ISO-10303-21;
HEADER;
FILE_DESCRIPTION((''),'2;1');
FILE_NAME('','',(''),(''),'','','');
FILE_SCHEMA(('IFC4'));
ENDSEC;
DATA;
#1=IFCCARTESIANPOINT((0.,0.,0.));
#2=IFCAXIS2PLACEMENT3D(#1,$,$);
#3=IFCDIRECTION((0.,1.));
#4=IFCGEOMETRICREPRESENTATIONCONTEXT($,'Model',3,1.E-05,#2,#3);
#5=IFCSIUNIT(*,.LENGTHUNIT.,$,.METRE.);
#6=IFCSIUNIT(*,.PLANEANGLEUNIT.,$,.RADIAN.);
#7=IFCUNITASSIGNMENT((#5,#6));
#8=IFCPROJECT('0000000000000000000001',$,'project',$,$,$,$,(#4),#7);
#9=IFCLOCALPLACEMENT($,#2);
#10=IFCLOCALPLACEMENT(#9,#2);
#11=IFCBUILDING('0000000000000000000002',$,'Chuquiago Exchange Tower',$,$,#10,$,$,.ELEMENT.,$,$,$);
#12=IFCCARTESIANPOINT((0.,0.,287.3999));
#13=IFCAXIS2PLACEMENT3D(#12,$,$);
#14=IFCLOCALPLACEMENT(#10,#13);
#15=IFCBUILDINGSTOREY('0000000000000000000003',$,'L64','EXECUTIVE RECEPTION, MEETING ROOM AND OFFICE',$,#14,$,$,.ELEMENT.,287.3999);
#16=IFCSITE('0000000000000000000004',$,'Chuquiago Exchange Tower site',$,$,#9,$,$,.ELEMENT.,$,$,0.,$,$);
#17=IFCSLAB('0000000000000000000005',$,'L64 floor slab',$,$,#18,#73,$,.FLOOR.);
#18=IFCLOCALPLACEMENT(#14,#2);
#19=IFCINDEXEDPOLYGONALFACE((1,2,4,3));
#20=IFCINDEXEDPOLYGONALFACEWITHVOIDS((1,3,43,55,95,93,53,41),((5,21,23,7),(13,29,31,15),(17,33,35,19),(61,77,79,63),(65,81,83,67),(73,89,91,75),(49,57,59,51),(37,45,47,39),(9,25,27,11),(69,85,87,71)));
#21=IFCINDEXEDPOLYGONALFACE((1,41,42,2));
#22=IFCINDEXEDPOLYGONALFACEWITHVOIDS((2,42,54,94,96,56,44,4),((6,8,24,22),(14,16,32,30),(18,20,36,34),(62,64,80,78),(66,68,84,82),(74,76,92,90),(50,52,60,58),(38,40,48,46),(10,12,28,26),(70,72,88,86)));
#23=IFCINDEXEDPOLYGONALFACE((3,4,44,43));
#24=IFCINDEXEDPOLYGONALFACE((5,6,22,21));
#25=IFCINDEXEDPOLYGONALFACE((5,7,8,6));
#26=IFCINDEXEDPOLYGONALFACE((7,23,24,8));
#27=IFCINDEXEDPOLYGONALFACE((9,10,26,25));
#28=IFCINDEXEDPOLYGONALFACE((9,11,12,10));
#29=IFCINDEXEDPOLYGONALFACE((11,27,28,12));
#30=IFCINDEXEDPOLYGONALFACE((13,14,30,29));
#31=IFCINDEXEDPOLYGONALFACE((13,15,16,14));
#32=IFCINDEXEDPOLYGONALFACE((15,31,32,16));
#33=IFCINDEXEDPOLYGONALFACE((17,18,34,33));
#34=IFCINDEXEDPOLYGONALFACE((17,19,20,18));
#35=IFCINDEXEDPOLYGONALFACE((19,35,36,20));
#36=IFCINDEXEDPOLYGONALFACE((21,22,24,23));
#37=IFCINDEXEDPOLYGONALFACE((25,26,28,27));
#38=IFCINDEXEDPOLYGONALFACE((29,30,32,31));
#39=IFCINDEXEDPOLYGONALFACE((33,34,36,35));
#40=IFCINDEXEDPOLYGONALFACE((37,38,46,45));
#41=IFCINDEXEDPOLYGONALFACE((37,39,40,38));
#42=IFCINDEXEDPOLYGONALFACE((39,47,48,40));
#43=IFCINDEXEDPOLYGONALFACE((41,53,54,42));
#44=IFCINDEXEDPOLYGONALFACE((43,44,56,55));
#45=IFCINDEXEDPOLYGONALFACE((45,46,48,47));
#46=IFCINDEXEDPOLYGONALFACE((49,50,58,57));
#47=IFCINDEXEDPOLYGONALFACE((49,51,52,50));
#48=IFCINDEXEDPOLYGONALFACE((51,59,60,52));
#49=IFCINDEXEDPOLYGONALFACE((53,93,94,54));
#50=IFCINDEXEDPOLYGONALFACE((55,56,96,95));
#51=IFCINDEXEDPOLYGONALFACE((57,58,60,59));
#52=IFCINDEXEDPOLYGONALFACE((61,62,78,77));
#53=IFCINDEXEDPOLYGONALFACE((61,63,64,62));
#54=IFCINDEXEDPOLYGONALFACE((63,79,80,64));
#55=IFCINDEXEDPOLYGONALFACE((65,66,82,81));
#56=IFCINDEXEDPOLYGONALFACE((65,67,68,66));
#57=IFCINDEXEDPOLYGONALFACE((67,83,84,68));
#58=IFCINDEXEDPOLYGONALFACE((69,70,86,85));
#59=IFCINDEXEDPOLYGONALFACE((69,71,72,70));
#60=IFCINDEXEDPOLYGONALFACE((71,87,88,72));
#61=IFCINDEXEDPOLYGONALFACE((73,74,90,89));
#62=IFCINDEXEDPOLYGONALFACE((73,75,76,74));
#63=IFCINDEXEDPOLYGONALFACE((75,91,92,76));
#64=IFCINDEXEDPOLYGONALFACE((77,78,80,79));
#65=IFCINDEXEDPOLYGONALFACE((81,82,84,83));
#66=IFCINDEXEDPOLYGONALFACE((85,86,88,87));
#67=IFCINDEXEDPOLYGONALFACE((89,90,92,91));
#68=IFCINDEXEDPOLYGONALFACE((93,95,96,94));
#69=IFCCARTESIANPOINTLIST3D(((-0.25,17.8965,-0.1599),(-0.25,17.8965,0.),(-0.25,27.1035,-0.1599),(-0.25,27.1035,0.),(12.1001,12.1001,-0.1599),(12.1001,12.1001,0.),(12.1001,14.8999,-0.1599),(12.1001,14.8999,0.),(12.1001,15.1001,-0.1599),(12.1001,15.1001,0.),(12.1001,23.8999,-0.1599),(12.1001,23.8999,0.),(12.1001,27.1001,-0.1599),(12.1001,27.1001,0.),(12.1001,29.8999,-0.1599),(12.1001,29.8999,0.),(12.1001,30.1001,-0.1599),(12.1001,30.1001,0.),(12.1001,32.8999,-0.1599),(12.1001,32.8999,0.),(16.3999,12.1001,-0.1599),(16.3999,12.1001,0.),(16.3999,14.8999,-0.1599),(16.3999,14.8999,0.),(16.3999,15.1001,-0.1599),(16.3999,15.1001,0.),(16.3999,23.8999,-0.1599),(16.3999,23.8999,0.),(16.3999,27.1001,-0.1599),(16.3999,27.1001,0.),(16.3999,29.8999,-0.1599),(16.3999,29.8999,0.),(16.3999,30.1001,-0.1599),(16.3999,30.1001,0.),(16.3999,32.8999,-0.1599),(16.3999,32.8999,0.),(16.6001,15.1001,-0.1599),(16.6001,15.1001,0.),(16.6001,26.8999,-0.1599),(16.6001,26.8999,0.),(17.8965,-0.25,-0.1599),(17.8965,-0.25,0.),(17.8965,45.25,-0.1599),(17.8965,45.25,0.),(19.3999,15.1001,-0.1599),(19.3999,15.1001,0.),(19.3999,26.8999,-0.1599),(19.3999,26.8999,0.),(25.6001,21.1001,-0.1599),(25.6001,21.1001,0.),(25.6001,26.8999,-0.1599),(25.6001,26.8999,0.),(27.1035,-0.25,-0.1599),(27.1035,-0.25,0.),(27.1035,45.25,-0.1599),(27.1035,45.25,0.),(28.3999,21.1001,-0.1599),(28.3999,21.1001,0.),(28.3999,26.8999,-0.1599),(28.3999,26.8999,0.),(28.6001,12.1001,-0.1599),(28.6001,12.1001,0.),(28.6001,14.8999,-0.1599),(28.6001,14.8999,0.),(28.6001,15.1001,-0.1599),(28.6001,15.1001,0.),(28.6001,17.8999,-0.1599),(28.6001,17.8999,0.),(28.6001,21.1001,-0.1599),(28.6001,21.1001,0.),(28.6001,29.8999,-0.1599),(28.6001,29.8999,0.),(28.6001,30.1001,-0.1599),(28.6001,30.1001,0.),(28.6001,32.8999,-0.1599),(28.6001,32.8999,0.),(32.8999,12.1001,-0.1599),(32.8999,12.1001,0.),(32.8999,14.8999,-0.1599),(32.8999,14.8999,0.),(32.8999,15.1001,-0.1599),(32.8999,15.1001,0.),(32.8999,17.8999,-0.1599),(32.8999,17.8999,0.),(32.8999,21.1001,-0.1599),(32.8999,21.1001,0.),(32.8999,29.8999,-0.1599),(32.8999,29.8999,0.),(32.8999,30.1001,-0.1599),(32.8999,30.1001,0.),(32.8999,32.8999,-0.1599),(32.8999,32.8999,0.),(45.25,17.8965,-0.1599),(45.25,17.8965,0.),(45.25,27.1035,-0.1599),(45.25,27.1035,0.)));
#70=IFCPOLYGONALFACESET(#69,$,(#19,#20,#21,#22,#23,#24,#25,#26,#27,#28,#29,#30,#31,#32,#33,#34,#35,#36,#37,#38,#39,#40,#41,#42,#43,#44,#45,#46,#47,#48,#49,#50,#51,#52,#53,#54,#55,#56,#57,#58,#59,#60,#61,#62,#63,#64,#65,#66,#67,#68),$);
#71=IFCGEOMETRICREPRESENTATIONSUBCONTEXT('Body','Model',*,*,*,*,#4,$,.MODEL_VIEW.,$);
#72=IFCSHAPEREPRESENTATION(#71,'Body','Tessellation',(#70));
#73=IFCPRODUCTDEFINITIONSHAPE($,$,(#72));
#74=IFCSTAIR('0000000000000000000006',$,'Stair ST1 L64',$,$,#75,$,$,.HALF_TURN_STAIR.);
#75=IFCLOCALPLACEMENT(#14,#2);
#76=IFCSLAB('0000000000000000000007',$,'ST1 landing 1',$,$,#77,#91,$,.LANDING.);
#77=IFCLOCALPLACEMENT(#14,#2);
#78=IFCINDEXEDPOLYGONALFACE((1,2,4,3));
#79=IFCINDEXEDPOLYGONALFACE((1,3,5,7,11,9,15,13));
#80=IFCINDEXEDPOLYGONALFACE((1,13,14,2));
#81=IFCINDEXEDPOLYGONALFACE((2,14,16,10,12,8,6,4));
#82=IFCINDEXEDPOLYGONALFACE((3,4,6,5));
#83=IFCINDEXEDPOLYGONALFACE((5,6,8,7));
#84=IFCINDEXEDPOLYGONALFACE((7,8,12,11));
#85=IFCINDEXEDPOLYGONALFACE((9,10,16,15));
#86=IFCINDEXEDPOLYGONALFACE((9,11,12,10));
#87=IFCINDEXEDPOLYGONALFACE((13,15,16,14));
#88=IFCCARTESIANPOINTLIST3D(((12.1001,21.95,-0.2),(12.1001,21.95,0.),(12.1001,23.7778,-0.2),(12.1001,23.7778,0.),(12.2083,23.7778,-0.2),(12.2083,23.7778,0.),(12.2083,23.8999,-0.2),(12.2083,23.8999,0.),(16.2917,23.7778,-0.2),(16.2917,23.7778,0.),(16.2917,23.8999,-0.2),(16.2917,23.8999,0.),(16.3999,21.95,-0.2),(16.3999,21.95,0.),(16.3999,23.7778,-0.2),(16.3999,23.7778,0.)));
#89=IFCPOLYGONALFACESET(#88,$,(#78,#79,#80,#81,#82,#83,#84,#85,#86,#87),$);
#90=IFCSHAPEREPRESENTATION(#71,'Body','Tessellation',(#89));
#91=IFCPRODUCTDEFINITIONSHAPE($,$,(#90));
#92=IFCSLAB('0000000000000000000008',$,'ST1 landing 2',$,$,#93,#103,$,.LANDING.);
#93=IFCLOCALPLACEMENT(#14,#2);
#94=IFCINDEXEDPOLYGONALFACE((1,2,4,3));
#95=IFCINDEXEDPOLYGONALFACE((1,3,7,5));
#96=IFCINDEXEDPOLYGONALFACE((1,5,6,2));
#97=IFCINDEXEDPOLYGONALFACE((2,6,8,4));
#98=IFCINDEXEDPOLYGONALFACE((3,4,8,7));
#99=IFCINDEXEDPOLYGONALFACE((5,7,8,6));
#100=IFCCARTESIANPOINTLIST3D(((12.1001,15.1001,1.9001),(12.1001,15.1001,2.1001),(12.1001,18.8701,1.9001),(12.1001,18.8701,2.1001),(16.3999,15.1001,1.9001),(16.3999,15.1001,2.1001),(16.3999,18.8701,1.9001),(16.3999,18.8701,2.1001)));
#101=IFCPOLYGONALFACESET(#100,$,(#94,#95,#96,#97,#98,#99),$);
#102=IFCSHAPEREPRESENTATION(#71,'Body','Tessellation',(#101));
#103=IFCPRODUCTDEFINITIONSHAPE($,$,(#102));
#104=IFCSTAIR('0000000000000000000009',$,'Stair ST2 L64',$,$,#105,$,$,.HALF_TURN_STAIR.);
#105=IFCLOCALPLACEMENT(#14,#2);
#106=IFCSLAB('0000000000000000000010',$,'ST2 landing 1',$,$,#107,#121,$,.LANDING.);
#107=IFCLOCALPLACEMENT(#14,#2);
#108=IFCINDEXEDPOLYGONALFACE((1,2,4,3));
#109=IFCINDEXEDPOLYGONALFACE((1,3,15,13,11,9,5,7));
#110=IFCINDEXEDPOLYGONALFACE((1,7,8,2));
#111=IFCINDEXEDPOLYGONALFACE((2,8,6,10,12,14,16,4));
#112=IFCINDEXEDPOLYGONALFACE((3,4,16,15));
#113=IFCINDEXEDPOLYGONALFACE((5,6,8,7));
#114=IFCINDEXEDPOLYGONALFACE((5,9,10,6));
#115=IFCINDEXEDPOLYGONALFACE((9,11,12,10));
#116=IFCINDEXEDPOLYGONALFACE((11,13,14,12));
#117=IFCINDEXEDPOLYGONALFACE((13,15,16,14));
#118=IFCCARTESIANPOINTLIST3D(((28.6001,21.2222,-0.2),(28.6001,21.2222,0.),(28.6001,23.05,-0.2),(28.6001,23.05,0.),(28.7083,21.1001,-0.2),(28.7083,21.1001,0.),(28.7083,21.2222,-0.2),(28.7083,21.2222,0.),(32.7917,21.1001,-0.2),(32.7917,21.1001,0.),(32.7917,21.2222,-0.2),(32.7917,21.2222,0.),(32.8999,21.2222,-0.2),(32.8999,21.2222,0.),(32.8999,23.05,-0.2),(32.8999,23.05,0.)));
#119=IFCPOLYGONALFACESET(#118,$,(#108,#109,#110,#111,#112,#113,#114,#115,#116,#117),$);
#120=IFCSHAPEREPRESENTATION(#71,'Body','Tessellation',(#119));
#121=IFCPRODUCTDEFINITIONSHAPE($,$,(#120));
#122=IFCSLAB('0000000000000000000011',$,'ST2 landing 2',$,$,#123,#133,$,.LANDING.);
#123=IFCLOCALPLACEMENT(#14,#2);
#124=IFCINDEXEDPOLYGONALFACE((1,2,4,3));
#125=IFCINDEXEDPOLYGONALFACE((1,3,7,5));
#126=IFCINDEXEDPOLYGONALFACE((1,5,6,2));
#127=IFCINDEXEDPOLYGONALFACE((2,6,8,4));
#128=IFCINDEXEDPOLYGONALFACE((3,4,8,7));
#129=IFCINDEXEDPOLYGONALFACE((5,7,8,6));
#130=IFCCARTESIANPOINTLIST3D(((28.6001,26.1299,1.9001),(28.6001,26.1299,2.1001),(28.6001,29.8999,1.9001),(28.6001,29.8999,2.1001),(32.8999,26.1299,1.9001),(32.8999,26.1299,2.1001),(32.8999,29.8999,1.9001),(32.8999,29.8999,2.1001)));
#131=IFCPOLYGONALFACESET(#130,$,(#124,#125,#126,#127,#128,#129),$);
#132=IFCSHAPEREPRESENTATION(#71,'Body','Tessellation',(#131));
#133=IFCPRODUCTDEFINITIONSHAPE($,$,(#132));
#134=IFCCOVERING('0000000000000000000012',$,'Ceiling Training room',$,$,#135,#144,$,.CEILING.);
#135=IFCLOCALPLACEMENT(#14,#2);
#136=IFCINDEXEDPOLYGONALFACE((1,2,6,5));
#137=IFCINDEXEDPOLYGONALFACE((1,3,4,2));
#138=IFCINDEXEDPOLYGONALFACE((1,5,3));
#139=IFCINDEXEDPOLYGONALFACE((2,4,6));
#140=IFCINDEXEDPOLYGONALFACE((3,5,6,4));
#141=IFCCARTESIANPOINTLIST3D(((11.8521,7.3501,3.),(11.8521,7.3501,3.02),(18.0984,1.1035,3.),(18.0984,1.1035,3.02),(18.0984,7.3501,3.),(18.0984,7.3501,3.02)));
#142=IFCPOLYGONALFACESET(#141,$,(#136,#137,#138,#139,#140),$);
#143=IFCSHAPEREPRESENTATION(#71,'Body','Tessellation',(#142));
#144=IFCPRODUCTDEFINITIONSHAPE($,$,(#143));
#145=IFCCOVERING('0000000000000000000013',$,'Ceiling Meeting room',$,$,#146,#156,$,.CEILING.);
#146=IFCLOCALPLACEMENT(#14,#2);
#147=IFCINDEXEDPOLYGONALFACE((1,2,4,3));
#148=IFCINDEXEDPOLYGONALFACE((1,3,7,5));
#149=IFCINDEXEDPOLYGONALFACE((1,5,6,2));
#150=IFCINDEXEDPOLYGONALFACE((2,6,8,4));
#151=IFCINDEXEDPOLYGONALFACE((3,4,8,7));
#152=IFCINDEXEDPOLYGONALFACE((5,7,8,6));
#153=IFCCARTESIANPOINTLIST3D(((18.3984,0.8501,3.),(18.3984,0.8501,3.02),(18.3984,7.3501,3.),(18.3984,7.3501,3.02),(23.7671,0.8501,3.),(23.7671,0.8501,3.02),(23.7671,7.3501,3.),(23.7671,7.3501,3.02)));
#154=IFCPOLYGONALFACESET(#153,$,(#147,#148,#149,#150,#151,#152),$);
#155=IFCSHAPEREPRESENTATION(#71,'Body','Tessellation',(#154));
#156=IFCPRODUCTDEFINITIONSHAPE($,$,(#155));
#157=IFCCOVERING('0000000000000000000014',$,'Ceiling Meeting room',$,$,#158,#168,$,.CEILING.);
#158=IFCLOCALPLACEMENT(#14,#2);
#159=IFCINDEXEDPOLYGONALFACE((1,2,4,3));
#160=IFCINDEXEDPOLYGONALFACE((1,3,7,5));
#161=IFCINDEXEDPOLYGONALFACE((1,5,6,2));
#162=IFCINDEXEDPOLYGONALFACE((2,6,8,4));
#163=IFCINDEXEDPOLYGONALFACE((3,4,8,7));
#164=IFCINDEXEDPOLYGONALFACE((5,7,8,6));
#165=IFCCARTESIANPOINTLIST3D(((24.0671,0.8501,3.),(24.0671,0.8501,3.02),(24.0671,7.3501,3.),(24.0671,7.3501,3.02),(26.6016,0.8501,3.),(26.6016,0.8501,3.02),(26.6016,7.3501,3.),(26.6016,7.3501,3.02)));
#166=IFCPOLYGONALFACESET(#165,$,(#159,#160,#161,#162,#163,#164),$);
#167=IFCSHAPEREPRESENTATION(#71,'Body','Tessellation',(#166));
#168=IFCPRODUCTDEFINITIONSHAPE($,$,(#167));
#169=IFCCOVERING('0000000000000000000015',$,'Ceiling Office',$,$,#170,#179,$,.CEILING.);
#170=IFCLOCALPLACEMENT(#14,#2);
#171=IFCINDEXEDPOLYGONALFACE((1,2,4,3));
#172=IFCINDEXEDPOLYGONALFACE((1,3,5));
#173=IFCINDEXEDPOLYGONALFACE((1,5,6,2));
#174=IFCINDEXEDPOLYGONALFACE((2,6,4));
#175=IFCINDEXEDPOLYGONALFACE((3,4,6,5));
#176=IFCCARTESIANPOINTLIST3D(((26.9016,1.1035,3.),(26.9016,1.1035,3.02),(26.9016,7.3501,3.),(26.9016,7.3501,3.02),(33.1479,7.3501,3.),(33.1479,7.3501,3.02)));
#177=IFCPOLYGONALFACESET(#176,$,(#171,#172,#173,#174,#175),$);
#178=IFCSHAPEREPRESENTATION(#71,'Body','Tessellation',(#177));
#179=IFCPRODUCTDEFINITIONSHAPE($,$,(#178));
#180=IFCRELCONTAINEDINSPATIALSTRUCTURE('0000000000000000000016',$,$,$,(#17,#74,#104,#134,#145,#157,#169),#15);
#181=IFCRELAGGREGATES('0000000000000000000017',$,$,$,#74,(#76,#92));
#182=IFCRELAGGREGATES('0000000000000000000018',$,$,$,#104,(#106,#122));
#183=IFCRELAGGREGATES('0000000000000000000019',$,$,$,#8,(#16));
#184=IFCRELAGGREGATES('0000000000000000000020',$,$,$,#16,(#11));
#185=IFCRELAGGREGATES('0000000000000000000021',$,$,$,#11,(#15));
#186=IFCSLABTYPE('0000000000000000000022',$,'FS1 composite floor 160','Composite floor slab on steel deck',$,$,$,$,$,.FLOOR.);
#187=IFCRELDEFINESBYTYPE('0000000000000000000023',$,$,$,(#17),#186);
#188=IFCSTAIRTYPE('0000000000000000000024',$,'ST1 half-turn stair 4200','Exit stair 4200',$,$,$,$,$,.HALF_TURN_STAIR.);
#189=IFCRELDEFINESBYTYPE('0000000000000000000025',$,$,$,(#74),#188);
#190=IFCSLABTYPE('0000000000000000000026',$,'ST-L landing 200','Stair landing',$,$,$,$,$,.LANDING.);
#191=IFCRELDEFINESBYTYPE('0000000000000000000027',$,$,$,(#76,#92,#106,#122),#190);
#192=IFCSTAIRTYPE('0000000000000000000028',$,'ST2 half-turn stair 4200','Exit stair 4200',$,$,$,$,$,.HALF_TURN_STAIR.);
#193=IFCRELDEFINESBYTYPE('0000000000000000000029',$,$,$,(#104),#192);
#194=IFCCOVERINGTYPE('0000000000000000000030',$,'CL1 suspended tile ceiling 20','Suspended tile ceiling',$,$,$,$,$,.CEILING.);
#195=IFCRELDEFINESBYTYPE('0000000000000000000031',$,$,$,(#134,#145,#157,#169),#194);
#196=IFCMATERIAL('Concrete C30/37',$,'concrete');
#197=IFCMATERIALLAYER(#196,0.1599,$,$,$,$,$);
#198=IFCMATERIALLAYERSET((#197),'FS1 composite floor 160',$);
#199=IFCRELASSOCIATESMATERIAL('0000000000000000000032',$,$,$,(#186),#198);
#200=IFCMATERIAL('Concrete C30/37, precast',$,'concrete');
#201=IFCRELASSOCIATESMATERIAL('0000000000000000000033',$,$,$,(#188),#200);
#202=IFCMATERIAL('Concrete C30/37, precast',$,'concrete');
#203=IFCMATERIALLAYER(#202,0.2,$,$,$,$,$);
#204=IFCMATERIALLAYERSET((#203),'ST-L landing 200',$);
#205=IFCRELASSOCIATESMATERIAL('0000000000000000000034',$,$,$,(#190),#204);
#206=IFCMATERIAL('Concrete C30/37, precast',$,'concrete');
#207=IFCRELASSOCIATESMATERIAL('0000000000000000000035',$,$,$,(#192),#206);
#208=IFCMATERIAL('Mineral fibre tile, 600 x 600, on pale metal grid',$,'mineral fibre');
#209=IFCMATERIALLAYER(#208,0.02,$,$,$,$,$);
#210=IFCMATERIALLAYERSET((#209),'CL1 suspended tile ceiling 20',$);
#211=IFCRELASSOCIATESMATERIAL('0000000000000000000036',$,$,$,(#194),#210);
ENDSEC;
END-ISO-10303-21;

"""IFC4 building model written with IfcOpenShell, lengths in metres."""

from ifc_helpers import new_model, si_unit, direction, frame, origin, place, context, subcontext, project, spatial, polyline, outline, extrude, material, layer, layer_set, type_object, element, aggregate, save


model = new_model("IFC4")

# Units and contexts
model_context = context("Model", 3, precision=1e-05, world=origin(), true_north=direction((0.0, 1.0)))
body_context = subcontext(model_context, "Body", "Model", "MODEL_VIEW")
ifc_project = project(units=[si_unit("LENGTHUNIT", "METRE"), si_unit("PLANEANGLEUNIT", "RADIAN")], contexts=[model_context])

# Site, building, storey
site_placement = place(None, origin())
site = spatial("IfcSite", under=ifc_project, at=site_placement, Name="Chuquiago Exchange Tower site", CompositionType="ELEMENT", RefElevation=0.0)
building_placement = place(site_placement, origin())
building = spatial("IfcBuilding", under=site, at=building_placement, Name="Chuquiago Exchange Tower", CompositionType="ELEMENT")
storey_placement = place(building_placement, frame((0.0, 0.0, 287.3999)))
storey = spatial("IfcBuildingStorey", under=building, at=storey_placement, Name="L64", Description="EXECUTIVE RECEPTION, MEETING ROOM AND OFFICE", CompositionType="ELEMENT", Elevation=287.3999)

# Slab
ifc_material_1 = material(Name="Concrete C30/37", Category="concrete")
ifc_layer_1 = layer(ifc_material_1, 0.1599)
ifc_layer_set_1 = layer_set([ifc_layer_1], Name="FS1 composite floor 160")
slab_type_1 = type_object("IfcSlabType", Name="FS1 composite floor 160", Description="Composite floor slab on steel deck", PredefinedType="FLOOR", material=ifc_layer_set_1)
slab_1_placement = place(storey_placement, frame((0.0, 0.0, -0.1599)))
element("IfcSlab", 1, at=slab_1_placement, inside=storey, type_object=slab_type_1, Name="L64 floor slab", PredefinedType="FLOOR", context=body_context, shape_type="SweptSolid", body=[
    extrude(outline(polyline([(17.8965, -0.25), (-0.25, 17.8965), (-0.25, 27.1035), (17.8965, 45.25), (27.1035, 45.25), (45.25, 27.1035), (45.25, 17.8965), (27.1035, -0.25), (17.8965, -0.25)]), holes=[polyline([(16.3999, 15.1001), (12.1001, 15.1001), (12.1001, 23.8999), (16.3999, 23.8999), (16.3999, 15.1001)]), polyline([(32.8999, 21.1001), (28.6001, 21.1001), (28.6001, 29.8999), (32.8999, 29.8999), (32.8999, 21.1001)]), polyline([(16.3999, 12.1001), (12.1001, 12.1001), (12.1001, 14.8999), (16.3999, 14.8999), (16.3999, 12.1001)]), polyline([(16.3999, 30.1001), (12.1001, 30.1001), (12.1001, 32.8999), (16.3999, 32.8999), (16.3999, 30.1001)]), polyline([(32.8999, 12.1001), (28.6001, 12.1001), (28.6001, 14.8999), (32.8999, 14.8999), (32.8999, 12.1001)]), polyline([(32.8999, 30.1001), (28.6001, 30.1001), (28.6001, 32.8999), (32.8999, 32.8999), (32.8999, 30.1001)]), polyline([(16.3999, 27.1001), (12.1001, 27.1001), (12.1001, 29.8999), (16.3999, 29.8999), (16.3999, 27.1001)]), polyline([(32.8999, 15.1001), (28.6001, 15.1001), (28.6001, 17.8999), (32.8999, 17.8999), (32.8999, 15.1001)]), polyline([(19.3999, 15.1001), (16.6001, 15.1001), (16.6001, 26.8999), (19.3999, 26.8999), (19.3999, 15.1001)]), polyline([(28.3999, 21.1001), (25.6001, 21.1001), (25.6001, 26.8999), (28.3999, 26.8999), (28.3999, 21.1001)])]), origin(), (0.0, 0.0, 1.0), 0.1599),
])

# Stairs, slabs
ifc_material_2 = material(Name="Concrete C30/37, precast", Category="concrete")
stair_type_1 = type_object("IfcStairType", Name="ST1 half-turn stair 4200", Description="Exit stair 4200", PredefinedType="HALF_TURN_STAIR", material=ifc_material_2)
stair_1_placement = place(storey_placement, origin())
stair_1 = element("IfcStair", 2, at=stair_1_placement, inside=storey, type_object=stair_type_1, Name="Stair ST1 L64", PredefinedType="HALF_TURN_STAIR")
ifc_material_3 = material(Name="Concrete C30/37, precast", Category="concrete")
ifc_layer_2 = layer(ifc_material_3, 0.2)
ifc_layer_set_2 = layer_set([ifc_layer_2], Name="ST-L landing 200")
slab_type_2 = type_object("IfcSlabType", Name="ST-L landing 200", Description="Stair landing", PredefinedType="LANDING", material=ifc_layer_set_2)
slab_2_placement = place(storey_placement, frame((0.0, 0.0, -0.2)))
slab_2 = element("IfcSlab", 3, at=slab_2_placement, type_object=slab_type_2, Name="ST1 landing 1", PredefinedType="LANDING", context=body_context, shape_type="SweptSolid", body=[
    extrude(outline(polyline([(12.2083, 23.8999), (16.2917, 23.8999), (16.2917, 23.7778), (16.3999, 23.7778), (16.3999, 21.95), (12.1001, 21.95), (12.1001, 23.7778), (12.2083, 23.7778), (12.2083, 23.8999)])), origin(), (0.0, 0.0, 1.0), 0.2),
])
slab_3_placement = place(storey_placement, frame((0.0, 0.0, 1.9001)))
slab_3 = element("IfcSlab", 4, at=slab_3_placement, type_object=slab_type_2, Name="ST1 landing 2", PredefinedType="LANDING", context=body_context, shape_type="SweptSolid", body=[
    extrude(outline(polyline([(12.1001, 18.8701), (16.3999, 18.8701), (16.3999, 15.1001), (12.1001, 15.1001), (12.1001, 18.8701)])), origin(), (0.0, 0.0, 1.0), 0.2),
])
aggregate(stair_1, [slab_2, slab_3])
ifc_material_4 = material(Name="Concrete C30/37, precast", Category="concrete")
stair_type_2 = type_object("IfcStairType", Name="ST2 half-turn stair 4200", Description="Exit stair 4200", PredefinedType="HALF_TURN_STAIR", material=ifc_material_4)
stair_2_placement = place(storey_placement, origin())
stair_2 = element("IfcStair", 5, at=stair_2_placement, inside=storey, type_object=stair_type_2, Name="Stair ST2 L64", PredefinedType="HALF_TURN_STAIR")
slab_4_placement = place(storey_placement, frame((0.0, 0.0, -0.2)))
slab_4 = element("IfcSlab", 6, at=slab_4_placement, type_object=slab_type_2, Name="ST2 landing 1", PredefinedType="LANDING", context=body_context, shape_type="SweptSolid", body=[
    extrude(outline(polyline([(32.7917, 21.2222), (32.7917, 21.1001), (28.7083, 21.1001), (28.7083, 21.2222), (28.6001, 21.2222), (28.6001, 23.05), (32.8999, 23.05), (32.8999, 21.2222), (32.7917, 21.2222)])), origin(), (0.0, 0.0, 1.0), 0.2),
])
slab_5_placement = place(storey_placement, frame((0.0, 0.0, 1.9001)))
slab_5 = element("IfcSlab", 7, at=slab_5_placement, type_object=slab_type_2, Name="ST2 landing 2", PredefinedType="LANDING", context=body_context, shape_type="SweptSolid", body=[
    extrude(outline(polyline([(28.6001, 29.8999), (32.8999, 29.8999), (32.8999, 26.1299), (28.6001, 26.1299), (28.6001, 29.8999)])), origin(), (0.0, 0.0, 1.0), 0.2),
])
aggregate(stair_2, [slab_4, slab_5])

# Coverings
ifc_material_5 = material(Name="Mineral fibre tile, 600 x 600, on pale metal grid", Category="mineral fibre")
ifc_layer_3 = layer(ifc_material_5, 0.02)
ifc_layer_set_3 = layer_set([ifc_layer_3], Name="CL1 suspended tile ceiling 20")
covering_type_1 = type_object("IfcCoveringType", Name="CL1 suspended tile ceiling 20", Description="Suspended tile ceiling", PredefinedType="CEILING", material=ifc_layer_set_3)
covering_1_placement = place(storey_placement, frame((0.0, 0.0, 3.0)))
element("IfcCovering", 8, at=covering_1_placement, inside=storey, type_object=covering_type_1, Name="Ceiling Training room", PredefinedType="CEILING", context=body_context, shape_type="SweptSolid", body=[
    extrude(outline(polyline([(18.0984, 7.3501), (18.0984, 1.1035), (11.8521, 7.3501), (18.0984, 7.3501)])), origin(), (0.0, 0.0, 1.0), 0.02),
])
covering_2_placement = place(storey_placement, frame((0.0, 0.0, 3.0)))
element("IfcCovering", 9, at=covering_2_placement, inside=storey, type_object=covering_type_1, Name="Ceiling Meeting room", PredefinedType="CEILING", context=body_context, shape_type="SweptSolid", body=[
    extrude(outline(polyline([(18.3984, 7.3501), (23.7671, 7.3501), (23.7671, 0.8501), (18.3984, 0.8501), (18.3984, 7.3501)])), origin(), (0.0, 0.0, 1.0), 0.02),
])
covering_3_placement = place(storey_placement, frame((0.0, 0.0, 3.0)))
element("IfcCovering", 10, at=covering_3_placement, inside=storey, type_object=covering_type_1, Name="Ceiling Meeting room", PredefinedType="CEILING", context=body_context, shape_type="SweptSolid", body=[
    extrude(outline(polyline([(24.0671, 0.8501), (24.0671, 7.3501), (26.6016, 7.3501), (26.6016, 0.8501), (24.0671, 0.8501)])), origin(), (0.0, 0.0, 1.0), 0.02),
])
covering_4_placement = place(storey_placement, frame((0.0, 0.0, 3.0)))
element("IfcCovering", 11, at=covering_4_placement, inside=storey, type_object=covering_type_1, Name="Ceiling Office", PredefinedType="CEILING", context=body_context, shape_type="SweptSolid", body=[
    extrude(outline(polyline([(26.9016, 7.3501), (33.1479, 7.3501), (26.9016, 1.1035), (26.9016, 7.3501)])), origin(), (0.0, 0.0, 1.0), 0.02),
])

save(model, "model.ifc")
